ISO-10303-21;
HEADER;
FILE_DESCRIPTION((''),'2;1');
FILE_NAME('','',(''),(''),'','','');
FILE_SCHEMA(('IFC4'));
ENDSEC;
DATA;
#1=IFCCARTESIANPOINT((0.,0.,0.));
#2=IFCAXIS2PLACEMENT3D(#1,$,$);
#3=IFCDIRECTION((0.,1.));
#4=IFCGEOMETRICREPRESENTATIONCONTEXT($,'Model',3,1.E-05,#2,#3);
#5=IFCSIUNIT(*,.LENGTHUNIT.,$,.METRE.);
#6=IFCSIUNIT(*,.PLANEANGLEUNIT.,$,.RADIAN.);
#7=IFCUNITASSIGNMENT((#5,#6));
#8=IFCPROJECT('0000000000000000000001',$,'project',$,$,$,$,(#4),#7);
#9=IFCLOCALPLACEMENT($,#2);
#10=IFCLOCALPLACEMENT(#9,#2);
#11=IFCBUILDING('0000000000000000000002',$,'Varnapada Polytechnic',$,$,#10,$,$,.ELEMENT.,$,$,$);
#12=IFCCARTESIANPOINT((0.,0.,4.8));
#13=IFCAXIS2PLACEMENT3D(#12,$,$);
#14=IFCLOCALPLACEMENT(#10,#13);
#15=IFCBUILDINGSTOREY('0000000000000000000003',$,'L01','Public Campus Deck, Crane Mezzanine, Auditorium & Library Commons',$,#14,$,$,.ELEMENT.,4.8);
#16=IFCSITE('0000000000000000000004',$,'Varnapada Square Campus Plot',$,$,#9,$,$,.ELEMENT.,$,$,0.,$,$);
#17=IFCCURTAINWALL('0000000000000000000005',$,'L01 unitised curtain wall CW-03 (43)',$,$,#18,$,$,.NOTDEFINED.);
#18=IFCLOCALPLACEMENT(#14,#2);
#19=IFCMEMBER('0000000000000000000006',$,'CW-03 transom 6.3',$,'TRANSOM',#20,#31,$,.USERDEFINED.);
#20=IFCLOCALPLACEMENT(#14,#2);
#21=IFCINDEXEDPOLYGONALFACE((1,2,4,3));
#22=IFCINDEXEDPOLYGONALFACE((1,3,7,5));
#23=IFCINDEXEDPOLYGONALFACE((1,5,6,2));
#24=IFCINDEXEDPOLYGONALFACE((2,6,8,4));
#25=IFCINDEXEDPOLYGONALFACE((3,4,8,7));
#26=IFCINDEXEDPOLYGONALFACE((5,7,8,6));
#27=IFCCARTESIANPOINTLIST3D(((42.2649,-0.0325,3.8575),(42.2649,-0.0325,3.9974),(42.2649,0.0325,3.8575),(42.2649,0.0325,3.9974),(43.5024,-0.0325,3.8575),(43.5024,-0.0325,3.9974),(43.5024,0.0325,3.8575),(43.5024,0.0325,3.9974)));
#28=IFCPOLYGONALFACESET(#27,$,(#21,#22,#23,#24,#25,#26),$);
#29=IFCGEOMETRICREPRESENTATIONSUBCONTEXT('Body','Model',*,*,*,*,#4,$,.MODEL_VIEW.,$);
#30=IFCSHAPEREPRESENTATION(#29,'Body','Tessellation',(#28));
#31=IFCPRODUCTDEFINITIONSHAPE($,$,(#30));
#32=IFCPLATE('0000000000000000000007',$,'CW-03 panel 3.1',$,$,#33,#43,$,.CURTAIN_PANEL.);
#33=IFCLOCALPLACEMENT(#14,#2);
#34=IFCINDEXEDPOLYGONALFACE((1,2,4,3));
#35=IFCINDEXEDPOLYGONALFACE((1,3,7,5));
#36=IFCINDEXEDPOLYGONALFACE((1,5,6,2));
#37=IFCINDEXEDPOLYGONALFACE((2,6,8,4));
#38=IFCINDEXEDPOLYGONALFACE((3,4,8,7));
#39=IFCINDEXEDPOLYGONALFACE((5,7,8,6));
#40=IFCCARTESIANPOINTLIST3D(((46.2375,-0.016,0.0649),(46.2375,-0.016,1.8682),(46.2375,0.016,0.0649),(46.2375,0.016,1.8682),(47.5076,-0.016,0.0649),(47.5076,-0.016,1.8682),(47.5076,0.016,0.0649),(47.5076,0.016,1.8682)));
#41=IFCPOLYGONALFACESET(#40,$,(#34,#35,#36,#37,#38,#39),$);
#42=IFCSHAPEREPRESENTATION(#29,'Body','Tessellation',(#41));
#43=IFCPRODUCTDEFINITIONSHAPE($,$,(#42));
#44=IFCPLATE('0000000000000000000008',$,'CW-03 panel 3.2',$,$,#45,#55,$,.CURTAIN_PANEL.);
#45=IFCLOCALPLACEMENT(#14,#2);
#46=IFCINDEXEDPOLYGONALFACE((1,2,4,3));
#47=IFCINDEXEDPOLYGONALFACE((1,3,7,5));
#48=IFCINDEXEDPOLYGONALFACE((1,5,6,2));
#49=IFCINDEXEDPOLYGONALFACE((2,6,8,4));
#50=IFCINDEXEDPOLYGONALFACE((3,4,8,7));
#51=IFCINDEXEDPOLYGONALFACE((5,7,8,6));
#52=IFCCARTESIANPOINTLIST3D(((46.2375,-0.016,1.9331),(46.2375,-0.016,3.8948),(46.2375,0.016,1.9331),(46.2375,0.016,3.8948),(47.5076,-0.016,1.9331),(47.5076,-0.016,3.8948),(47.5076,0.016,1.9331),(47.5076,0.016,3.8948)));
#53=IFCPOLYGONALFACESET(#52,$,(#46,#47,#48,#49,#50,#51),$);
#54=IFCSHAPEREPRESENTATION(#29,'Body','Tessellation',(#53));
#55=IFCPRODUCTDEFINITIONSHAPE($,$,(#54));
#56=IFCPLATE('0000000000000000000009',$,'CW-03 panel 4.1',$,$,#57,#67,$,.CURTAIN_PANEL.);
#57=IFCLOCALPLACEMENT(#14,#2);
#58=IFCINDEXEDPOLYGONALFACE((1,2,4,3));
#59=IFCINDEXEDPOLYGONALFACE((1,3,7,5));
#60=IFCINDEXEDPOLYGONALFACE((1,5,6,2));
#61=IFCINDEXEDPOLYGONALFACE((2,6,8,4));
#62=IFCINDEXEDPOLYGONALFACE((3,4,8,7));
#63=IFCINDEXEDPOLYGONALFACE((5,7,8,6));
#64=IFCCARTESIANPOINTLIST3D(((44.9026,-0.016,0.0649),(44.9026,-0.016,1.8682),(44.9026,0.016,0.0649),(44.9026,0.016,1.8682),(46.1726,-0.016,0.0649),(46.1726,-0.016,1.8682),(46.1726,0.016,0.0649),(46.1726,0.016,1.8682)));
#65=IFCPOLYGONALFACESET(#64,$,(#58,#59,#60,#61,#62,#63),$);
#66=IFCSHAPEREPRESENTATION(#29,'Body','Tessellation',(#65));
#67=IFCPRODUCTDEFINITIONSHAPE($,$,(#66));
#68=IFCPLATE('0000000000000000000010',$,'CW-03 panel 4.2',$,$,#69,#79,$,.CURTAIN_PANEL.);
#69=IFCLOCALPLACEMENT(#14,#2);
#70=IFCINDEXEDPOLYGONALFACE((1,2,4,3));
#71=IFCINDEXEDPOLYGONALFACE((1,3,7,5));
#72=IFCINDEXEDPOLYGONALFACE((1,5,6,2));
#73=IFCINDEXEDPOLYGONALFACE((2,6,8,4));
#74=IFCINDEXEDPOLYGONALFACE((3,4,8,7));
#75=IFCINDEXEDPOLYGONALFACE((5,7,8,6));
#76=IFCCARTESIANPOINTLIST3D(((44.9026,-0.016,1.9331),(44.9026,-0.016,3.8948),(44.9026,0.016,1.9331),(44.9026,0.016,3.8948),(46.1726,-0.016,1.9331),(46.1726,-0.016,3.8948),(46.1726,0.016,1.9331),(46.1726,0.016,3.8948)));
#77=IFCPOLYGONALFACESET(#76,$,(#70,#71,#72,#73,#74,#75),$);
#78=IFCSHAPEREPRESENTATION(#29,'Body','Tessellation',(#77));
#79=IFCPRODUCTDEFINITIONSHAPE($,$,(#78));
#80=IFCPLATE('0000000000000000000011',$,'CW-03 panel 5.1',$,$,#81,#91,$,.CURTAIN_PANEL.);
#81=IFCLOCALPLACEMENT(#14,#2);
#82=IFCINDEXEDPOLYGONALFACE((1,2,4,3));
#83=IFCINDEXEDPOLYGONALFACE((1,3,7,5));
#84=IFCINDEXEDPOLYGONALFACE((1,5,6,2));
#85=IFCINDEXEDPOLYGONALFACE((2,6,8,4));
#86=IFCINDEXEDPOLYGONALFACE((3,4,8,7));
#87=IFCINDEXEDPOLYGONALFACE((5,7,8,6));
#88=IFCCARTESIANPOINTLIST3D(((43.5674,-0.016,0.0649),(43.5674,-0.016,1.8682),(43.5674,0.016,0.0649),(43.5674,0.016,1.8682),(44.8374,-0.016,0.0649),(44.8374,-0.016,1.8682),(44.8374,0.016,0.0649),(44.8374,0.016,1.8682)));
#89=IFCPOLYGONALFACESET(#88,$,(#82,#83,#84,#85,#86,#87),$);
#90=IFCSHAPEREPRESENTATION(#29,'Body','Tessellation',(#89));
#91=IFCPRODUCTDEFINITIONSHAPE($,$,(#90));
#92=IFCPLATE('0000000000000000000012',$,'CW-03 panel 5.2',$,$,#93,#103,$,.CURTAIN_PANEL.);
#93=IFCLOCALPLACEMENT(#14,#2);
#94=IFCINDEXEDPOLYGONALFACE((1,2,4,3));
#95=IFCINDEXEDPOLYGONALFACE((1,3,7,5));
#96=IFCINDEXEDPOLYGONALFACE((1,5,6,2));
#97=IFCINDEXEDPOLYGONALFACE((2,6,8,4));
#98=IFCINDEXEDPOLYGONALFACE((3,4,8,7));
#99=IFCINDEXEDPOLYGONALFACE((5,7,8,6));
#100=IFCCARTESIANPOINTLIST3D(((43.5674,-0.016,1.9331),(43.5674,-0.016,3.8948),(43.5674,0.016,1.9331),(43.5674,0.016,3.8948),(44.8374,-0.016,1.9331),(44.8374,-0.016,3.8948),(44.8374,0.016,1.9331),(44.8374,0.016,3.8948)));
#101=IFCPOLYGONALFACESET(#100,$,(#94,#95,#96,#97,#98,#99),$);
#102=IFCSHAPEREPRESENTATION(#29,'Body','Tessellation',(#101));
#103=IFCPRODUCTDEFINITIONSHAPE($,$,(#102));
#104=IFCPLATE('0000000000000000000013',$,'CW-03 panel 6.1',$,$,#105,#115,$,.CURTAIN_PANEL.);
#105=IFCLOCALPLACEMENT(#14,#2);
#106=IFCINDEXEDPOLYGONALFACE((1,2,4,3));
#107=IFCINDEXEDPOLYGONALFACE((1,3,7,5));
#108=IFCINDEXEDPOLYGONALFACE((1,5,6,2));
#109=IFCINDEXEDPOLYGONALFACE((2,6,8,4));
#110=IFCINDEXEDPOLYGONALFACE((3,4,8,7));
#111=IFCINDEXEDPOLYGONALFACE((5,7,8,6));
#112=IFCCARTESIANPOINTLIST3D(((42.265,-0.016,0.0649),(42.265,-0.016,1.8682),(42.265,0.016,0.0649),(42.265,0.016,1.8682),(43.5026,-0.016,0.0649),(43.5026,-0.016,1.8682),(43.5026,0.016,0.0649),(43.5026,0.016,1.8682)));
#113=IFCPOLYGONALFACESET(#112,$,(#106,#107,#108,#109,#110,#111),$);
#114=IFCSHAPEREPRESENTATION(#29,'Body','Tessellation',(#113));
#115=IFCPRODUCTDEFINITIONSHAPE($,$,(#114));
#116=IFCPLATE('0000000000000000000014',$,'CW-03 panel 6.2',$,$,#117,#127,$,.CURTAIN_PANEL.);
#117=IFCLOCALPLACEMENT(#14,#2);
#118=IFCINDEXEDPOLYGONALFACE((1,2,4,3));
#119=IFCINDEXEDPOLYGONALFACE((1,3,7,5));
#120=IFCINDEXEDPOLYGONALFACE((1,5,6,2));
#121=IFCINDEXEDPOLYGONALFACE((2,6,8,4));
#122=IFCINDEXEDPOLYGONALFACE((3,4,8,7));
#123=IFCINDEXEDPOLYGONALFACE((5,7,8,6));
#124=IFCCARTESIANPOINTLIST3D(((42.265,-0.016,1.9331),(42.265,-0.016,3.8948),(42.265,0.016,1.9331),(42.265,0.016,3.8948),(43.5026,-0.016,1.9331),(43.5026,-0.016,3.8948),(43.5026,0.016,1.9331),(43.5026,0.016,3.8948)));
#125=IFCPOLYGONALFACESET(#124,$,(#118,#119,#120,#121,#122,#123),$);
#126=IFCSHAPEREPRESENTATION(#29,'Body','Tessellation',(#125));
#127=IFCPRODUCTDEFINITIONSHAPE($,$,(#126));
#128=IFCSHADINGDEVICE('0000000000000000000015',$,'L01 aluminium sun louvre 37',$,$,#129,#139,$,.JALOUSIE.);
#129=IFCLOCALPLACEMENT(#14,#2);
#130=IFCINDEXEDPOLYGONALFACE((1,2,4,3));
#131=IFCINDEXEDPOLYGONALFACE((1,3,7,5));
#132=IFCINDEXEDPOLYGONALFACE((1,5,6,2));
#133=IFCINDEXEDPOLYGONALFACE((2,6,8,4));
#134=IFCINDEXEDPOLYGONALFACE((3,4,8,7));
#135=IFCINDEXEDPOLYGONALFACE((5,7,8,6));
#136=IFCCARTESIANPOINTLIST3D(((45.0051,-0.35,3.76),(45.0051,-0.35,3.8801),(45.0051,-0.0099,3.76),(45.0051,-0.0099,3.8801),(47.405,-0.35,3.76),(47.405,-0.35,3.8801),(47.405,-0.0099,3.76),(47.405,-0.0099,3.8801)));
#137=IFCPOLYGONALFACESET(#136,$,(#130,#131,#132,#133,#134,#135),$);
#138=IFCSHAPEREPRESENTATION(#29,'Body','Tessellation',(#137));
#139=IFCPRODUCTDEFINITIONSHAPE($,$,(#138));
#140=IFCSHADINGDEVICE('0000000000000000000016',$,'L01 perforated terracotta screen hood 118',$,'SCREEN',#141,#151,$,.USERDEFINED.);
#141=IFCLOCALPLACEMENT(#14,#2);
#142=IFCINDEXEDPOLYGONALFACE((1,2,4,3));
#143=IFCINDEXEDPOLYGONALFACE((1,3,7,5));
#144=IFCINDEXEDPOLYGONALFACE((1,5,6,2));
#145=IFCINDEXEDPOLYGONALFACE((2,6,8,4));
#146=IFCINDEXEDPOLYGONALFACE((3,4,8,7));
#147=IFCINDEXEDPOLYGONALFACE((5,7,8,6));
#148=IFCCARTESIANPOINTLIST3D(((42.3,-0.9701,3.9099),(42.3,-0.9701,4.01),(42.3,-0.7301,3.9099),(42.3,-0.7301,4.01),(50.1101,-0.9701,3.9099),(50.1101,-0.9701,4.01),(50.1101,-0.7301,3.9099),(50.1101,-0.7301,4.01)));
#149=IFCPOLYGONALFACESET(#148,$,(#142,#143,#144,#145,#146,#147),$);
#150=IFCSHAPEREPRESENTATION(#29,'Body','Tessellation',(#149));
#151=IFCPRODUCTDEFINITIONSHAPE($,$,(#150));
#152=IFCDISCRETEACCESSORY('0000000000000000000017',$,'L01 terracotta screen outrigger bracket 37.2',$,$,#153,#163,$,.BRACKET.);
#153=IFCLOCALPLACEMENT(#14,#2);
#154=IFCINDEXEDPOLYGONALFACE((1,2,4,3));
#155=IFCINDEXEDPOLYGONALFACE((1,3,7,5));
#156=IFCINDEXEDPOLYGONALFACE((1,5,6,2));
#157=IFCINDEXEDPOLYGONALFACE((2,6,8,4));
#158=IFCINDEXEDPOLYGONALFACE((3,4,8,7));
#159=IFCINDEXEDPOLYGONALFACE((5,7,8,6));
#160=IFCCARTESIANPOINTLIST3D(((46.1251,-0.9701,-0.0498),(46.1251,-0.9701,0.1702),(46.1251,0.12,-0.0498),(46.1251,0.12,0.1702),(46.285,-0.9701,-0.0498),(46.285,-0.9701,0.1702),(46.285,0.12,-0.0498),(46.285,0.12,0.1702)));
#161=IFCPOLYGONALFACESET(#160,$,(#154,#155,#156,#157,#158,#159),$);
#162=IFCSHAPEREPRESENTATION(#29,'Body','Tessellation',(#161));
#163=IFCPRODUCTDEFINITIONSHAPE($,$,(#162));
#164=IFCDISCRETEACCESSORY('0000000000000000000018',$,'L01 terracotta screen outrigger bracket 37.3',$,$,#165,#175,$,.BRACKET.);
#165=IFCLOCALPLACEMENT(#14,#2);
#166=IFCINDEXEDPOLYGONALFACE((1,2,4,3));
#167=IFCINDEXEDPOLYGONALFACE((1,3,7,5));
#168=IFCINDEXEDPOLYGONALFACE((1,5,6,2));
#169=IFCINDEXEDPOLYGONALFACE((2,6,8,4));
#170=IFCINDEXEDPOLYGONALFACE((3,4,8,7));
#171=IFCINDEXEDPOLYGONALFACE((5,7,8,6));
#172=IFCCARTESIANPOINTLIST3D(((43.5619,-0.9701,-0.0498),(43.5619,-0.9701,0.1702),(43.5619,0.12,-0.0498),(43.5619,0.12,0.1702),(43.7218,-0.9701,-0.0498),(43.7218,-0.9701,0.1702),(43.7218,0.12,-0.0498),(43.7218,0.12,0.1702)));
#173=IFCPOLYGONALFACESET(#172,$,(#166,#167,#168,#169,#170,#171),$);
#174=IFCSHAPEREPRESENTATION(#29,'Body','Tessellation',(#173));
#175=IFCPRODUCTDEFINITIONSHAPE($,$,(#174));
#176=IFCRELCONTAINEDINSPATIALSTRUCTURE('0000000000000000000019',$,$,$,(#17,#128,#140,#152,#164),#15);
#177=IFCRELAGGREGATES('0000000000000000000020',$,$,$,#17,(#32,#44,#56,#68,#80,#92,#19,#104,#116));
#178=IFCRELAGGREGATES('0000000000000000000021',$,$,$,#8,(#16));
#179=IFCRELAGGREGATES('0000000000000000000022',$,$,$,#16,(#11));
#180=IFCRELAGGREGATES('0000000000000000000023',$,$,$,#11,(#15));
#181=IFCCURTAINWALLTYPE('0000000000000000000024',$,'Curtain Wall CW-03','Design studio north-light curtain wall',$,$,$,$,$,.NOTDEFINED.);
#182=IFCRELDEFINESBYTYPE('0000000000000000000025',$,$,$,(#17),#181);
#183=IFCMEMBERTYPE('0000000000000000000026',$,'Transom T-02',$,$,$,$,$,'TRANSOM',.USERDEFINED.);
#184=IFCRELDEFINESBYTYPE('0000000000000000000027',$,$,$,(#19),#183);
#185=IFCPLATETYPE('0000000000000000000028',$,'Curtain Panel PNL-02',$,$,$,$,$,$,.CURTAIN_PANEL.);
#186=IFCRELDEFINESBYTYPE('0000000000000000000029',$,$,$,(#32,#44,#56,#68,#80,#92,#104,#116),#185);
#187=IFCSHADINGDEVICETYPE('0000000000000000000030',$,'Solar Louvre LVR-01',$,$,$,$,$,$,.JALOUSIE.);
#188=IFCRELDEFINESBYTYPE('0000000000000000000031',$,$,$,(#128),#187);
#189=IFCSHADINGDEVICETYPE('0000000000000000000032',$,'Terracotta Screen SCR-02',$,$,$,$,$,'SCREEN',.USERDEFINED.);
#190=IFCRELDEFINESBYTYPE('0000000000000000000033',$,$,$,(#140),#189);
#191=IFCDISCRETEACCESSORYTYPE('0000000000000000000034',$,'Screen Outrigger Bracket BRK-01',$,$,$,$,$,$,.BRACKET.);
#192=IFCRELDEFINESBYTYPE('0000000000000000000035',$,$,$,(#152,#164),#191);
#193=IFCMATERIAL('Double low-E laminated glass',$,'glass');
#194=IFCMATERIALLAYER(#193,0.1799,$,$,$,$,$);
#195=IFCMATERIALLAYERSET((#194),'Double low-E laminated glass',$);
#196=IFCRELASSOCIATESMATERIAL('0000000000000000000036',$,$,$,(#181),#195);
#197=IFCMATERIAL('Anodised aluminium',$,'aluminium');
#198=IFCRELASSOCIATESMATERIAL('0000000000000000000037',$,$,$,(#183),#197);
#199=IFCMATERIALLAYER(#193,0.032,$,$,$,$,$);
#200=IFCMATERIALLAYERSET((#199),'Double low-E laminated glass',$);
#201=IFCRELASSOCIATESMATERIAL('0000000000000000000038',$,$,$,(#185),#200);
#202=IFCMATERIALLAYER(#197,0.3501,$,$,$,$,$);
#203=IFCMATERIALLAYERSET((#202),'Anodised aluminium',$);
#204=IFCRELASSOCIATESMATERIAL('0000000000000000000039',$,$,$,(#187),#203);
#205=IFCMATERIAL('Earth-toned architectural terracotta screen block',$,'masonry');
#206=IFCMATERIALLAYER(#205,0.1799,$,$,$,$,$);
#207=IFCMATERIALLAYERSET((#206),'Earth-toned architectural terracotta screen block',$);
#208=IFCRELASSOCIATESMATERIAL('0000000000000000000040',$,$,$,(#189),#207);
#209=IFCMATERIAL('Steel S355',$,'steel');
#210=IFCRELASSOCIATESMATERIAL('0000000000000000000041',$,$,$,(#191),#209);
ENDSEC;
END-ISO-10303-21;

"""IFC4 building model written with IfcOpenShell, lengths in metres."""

from ifc_helpers import new_model, si_unit, direction, frame, origin, origin_2d, place, context, subcontext, project, spatial, rectangle, extrude, material, layer, layer_set, material_profile, profile_set, type_object, element, aggregate, save


model = new_model("IFC4")

# Units and contexts
model_context = context("Model", 3, precision=1e-05, world=origin(), true_north=direction((0.0, 1.0)))
body_context = subcontext(model_context, "Body", "Model", "MODEL_VIEW")
ifc_project = project(units=[si_unit("LENGTHUNIT", "METRE"), si_unit("PLANEANGLEUNIT", "RADIAN")], contexts=[model_context])

# Site, building, storey
site_placement = place(None, origin())
site = spatial("IfcSite", under=ifc_project, at=site_placement, Name="Varnapada Square Campus Plot", CompositionType="ELEMENT", RefElevation=0.0)
building_placement = place(site_placement, origin())
building = spatial("IfcBuilding", under=site, at=building_placement, Name="Varnapada Polytechnic", CompositionType="ELEMENT")
storey_placement = place(building_placement, frame((0.0, 0.0, 4.8)))
storey = spatial("IfcBuildingStorey", under=building, at=storey_placement, Name="L01", Description="Public Campus Deck, Crane Mezzanine, Auditorium & Library Commons", CompositionType="ELEMENT", Elevation=4.8)

# Curtain wall, member, plates
ifc_material_1 = material(Name="Double low-E laminated glass", Category="glass")
ifc_layer_1 = layer(ifc_material_1, 0.1799)
ifc_layer_set_1 = layer_set([ifc_layer_1], Name="Double low-E laminated glass")
curtain_wall_type = type_object("IfcCurtainWallType", Name="Curtain Wall CW-03", Description="Design studio north-light curtain wall", PredefinedType="NOTDEFINED", material=ifc_layer_set_1)
curtain_wall_placement = place(storey_placement, origin())
curtain_wall = element("IfcCurtainWall", 1, at=curtain_wall_placement, inside=storey, type_object=curtain_wall_type, Name="L01 unitised curtain wall CW-03 (43)", PredefinedType="NOTDEFINED")
ifc_material_2 = material(Name="Anodised aluminium", Category="aluminium")
ifc_material_profile_1 = material_profile(ifc_material_2, rectangle(XDim=0.0649, YDim=0.1399, at=origin_2d()), Name="ALU T65x140")
ifc_profile_set_1 = profile_set([ifc_material_profile_1], Name="Anodised aluminium")
member_type_1 = type_object("IfcMemberType", Name="Transom T-02", ElementType="TRANSOM", PredefinedType="USERDEFINED", material=ifc_profile_set_1)
member_1_placement = place(storey_placement, frame((43.5024, 0.0, 3.9275), z_axis=(-1.0, 0.0, 0.0), x_axis=(0.0, -1.0, 0.0)))
member_1 = element("IfcMember", 2, at=member_1_placement, type_object=member_type_1, Name="CW-03 transom 6.3", ObjectType="TRANSOM", PredefinedType="USERDEFINED", context=body_context, shape_type="SweptSolid", body=[
    extrude(rectangle(XDim=0.0649, YDim=0.1399, at=origin_2d()), origin(), (0.0, 0.0, 1.0), 1.2375),
])
ifc_layer_2 = layer(ifc_material_1, 0.032)
ifc_layer_set_2 = layer_set([ifc_layer_2], Name="Double low-E laminated glass")
plate_type = type_object("IfcPlateType", Name="Curtain Panel PNL-02", PredefinedType="CURTAIN_PANEL", material=ifc_layer_set_2)
plate_1_placement = place(storey_placement, frame((46.8726, 0.0, 0.0649), z_axis=(0.0, 0.0, 1.0), x_axis=(-1.0, 0.0, 0.0)))
plate_1 = element("IfcPlate", 3, at=plate_1_placement, type_object=plate_type, Name="CW-03 panel 3.1", PredefinedType="CURTAIN_PANEL", context=body_context, shape_type="SweptSolid", body=[
    extrude(rectangle(XDim=1.27, YDim=0.032, at=origin_2d()), origin(), (0.0, 0.0, 1.0), 1.8032),
])
plate_2_placement = place(storey_placement, frame((46.8726, 0.0, 1.9331), z_axis=(0.0, 0.0, 1.0), x_axis=(-1.0, 0.0, 0.0)))
plate_2 = element("IfcPlate", 4, at=plate_2_placement, type_object=plate_type, Name="CW-03 panel 3.2", PredefinedType="CURTAIN_PANEL", context=body_context, shape_type="SweptSolid", body=[
    extrude(rectangle(XDim=1.27, YDim=0.032, at=origin_2d()), origin(), (0.0, 0.0, 1.0), 1.9617),
])
plate_3_placement = place(storey_placement, frame((45.5376, 0.0, 0.0649), z_axis=(0.0, 0.0, 1.0), x_axis=(-1.0, 0.0, 0.0)))
plate_3 = element("IfcPlate", 5, at=plate_3_placement, type_object=plate_type, Name="CW-03 panel 4.1", PredefinedType="CURTAIN_PANEL", context=body_context, shape_type="SweptSolid", body=[
    extrude(rectangle(XDim=1.27, YDim=0.032, at=origin_2d()), origin(), (0.0, 0.0, 1.0), 1.8032),
])
plate_4_placement = place(storey_placement, frame((45.5376, 0.0, 1.9331), z_axis=(0.0, 0.0, 1.0), x_axis=(-1.0, 0.0, 0.0)))
plate_4 = element("IfcPlate", 6, at=plate_4_placement, type_object=plate_type, Name="CW-03 panel 4.2", PredefinedType="CURTAIN_PANEL", context=body_context, shape_type="SweptSolid", body=[
    extrude(rectangle(XDim=1.27, YDim=0.032, at=origin_2d()), origin(), (0.0, 0.0, 1.0), 1.9617),
])
plate_5_placement = place(storey_placement, frame((44.2024, 0.0, 0.0649), z_axis=(0.0, 0.0, 1.0), x_axis=(-1.0, 0.0, 0.0)))
plate_5 = element("IfcPlate", 7, at=plate_5_placement, type_object=plate_type, Name="CW-03 panel 5.1", PredefinedType="CURTAIN_PANEL", context=body_context, shape_type="SweptSolid", body=[
    extrude(rectangle(XDim=1.27, YDim=0.032, at=origin_2d()), origin(), (0.0, 0.0, 1.0), 1.8032),
])
plate_6_placement = place(storey_placement, frame((44.2024, 0.0, 1.9331), z_axis=(0.0, 0.0, 1.0), x_axis=(-1.0, 0.0, 0.0)))
plate_6 = element("IfcPlate", 8, at=plate_6_placement, type_object=plate_type, Name="CW-03 panel 5.2", PredefinedType="CURTAIN_PANEL", context=body_context, shape_type="SweptSolid", body=[
    extrude(rectangle(XDim=1.27, YDim=0.032, at=origin_2d()), origin(), (0.0, 0.0, 1.0), 1.9617),
])
plate_7_placement = place(storey_placement, frame((42.8838, 0.0, 0.0649), z_axis=(0.0, 0.0, 1.0), x_axis=(-1.0, 0.0, 0.0)))
plate_7 = element("IfcPlate", 9, at=plate_7_placement, type_object=plate_type, Name="CW-03 panel 6.1", PredefinedType="CURTAIN_PANEL", context=body_context, shape_type="SweptSolid", body=[
    extrude(rectangle(XDim=1.2375, YDim=0.032, at=origin_2d()), origin(), (0.0, 0.0, 1.0), 1.8032),
])
plate_8_placement = place(storey_placement, frame((42.8838, 0.0, 1.9331), z_axis=(0.0, 0.0, 1.0), x_axis=(-1.0, 0.0, 0.0)))
plate_8 = element("IfcPlate", 10, at=plate_8_placement, type_object=plate_type, Name="CW-03 panel 6.2", PredefinedType="CURTAIN_PANEL", context=body_context, shape_type="SweptSolid", body=[
    extrude(rectangle(XDim=1.2375, YDim=0.032, at=origin_2d()), origin(), (0.0, 0.0, 1.0), 1.9617),
])
aggregate(curtain_wall, [plate_1, plate_2, plate_3, plate_4, plate_5, plate_6, member_1, plate_7, plate_8])

# Shading devices
ifc_layer_3 = layer(ifc_material_2, 0.3501)
ifc_layer_set_3 = layer_set([ifc_layer_3], Name="Anodised aluminium")
shading_device_type_1 = type_object("IfcShadingDeviceType", Name="Solar Louvre LVR-01", PredefinedType="JALOUSIE", material=ifc_layer_set_3)
shading_device_1_placement = place(storey_placement, frame((46.2051, -0.1799, 3.76), z_axis=(0.0, 0.0, 1.0), x_axis=(-1.0, 0.0, 0.0)))
element("IfcShadingDevice", 11, at=shading_device_1_placement, inside=storey, type_object=shading_device_type_1, Name="L01 aluminium sun louvre 37", PredefinedType="JALOUSIE", context=body_context, shape_type="SweptSolid", body=[
    extrude(rectangle(XDim=2.3999, YDim=0.3401, at=origin_2d()), origin(), (0.0, 0.0, 1.0), 0.1201),
])
ifc_material_3 = material(Name="Earth-toned architectural terracotta screen block", Category="masonry")
ifc_layer_4 = layer(ifc_material_3, 0.1799)
ifc_layer_set_4 = layer_set([ifc_layer_4], Name="Earth-toned architectural terracotta screen block")
shading_device_type_2 = type_object("IfcShadingDeviceType", Name="Terracotta Screen SCR-02", ElementType="SCREEN", PredefinedType="USERDEFINED", material=ifc_layer_set_4)
shading_device_2_placement = place(storey_placement, frame((46.2051, -0.8501, 3.9099), z_axis=(0.0, 0.0, 1.0), x_axis=(-1.0, 0.0, 0.0)))
element("IfcShadingDevice", 12, at=shading_device_2_placement, inside=storey, type_object=shading_device_type_2, Name="L01 perforated terracotta screen hood 118", ObjectType="SCREEN", PredefinedType="USERDEFINED", context=body_context, shape_type="SweptSolid", body=[
    extrude(rectangle(XDim=7.8101, YDim=0.24, at=origin_2d()), origin(), (0.0, 0.0, 1.0), 0.1001),
])

# Discrete accessories
ifc_material_4 = material(Name="Steel S355", Category="steel")
discrete_accessory_type = type_object("IfcDiscreteAccessoryType", Name="Screen Outrigger Bracket BRK-01", PredefinedType="BRACKET", material=ifc_material_4)
for number, where, z_axis, x_axis, name in (
    (13, (46.2051, -0.425, -0.0498), (0.0, 0.0, 1.0), (-1.0, 0.0, 0.0), "L01 terracotta screen outrigger bracket 37.2"),
    (14, (43.6418, -0.425, -0.0498), (0.0, 0.0, 1.0), (-1.0, 0.0, 0.0), "L01 terracotta screen outrigger bracket 37.3"),
):
    element("IfcDiscreteAccessory", number, at=place(storey_placement, frame(where, z_axis=z_axis, x_axis=x_axis)), inside=storey, type_object=discrete_accessory_type, Name=name, PredefinedType="BRACKET", context=body_context, shape_type="SweptSolid", body=[
        extrude(rectangle(XDim=0.1599, YDim=1.0901, at=origin_2d()), origin(), (0.0, 0.0, 1.0), 0.22),
    ])

save(model, "model.ifc")
